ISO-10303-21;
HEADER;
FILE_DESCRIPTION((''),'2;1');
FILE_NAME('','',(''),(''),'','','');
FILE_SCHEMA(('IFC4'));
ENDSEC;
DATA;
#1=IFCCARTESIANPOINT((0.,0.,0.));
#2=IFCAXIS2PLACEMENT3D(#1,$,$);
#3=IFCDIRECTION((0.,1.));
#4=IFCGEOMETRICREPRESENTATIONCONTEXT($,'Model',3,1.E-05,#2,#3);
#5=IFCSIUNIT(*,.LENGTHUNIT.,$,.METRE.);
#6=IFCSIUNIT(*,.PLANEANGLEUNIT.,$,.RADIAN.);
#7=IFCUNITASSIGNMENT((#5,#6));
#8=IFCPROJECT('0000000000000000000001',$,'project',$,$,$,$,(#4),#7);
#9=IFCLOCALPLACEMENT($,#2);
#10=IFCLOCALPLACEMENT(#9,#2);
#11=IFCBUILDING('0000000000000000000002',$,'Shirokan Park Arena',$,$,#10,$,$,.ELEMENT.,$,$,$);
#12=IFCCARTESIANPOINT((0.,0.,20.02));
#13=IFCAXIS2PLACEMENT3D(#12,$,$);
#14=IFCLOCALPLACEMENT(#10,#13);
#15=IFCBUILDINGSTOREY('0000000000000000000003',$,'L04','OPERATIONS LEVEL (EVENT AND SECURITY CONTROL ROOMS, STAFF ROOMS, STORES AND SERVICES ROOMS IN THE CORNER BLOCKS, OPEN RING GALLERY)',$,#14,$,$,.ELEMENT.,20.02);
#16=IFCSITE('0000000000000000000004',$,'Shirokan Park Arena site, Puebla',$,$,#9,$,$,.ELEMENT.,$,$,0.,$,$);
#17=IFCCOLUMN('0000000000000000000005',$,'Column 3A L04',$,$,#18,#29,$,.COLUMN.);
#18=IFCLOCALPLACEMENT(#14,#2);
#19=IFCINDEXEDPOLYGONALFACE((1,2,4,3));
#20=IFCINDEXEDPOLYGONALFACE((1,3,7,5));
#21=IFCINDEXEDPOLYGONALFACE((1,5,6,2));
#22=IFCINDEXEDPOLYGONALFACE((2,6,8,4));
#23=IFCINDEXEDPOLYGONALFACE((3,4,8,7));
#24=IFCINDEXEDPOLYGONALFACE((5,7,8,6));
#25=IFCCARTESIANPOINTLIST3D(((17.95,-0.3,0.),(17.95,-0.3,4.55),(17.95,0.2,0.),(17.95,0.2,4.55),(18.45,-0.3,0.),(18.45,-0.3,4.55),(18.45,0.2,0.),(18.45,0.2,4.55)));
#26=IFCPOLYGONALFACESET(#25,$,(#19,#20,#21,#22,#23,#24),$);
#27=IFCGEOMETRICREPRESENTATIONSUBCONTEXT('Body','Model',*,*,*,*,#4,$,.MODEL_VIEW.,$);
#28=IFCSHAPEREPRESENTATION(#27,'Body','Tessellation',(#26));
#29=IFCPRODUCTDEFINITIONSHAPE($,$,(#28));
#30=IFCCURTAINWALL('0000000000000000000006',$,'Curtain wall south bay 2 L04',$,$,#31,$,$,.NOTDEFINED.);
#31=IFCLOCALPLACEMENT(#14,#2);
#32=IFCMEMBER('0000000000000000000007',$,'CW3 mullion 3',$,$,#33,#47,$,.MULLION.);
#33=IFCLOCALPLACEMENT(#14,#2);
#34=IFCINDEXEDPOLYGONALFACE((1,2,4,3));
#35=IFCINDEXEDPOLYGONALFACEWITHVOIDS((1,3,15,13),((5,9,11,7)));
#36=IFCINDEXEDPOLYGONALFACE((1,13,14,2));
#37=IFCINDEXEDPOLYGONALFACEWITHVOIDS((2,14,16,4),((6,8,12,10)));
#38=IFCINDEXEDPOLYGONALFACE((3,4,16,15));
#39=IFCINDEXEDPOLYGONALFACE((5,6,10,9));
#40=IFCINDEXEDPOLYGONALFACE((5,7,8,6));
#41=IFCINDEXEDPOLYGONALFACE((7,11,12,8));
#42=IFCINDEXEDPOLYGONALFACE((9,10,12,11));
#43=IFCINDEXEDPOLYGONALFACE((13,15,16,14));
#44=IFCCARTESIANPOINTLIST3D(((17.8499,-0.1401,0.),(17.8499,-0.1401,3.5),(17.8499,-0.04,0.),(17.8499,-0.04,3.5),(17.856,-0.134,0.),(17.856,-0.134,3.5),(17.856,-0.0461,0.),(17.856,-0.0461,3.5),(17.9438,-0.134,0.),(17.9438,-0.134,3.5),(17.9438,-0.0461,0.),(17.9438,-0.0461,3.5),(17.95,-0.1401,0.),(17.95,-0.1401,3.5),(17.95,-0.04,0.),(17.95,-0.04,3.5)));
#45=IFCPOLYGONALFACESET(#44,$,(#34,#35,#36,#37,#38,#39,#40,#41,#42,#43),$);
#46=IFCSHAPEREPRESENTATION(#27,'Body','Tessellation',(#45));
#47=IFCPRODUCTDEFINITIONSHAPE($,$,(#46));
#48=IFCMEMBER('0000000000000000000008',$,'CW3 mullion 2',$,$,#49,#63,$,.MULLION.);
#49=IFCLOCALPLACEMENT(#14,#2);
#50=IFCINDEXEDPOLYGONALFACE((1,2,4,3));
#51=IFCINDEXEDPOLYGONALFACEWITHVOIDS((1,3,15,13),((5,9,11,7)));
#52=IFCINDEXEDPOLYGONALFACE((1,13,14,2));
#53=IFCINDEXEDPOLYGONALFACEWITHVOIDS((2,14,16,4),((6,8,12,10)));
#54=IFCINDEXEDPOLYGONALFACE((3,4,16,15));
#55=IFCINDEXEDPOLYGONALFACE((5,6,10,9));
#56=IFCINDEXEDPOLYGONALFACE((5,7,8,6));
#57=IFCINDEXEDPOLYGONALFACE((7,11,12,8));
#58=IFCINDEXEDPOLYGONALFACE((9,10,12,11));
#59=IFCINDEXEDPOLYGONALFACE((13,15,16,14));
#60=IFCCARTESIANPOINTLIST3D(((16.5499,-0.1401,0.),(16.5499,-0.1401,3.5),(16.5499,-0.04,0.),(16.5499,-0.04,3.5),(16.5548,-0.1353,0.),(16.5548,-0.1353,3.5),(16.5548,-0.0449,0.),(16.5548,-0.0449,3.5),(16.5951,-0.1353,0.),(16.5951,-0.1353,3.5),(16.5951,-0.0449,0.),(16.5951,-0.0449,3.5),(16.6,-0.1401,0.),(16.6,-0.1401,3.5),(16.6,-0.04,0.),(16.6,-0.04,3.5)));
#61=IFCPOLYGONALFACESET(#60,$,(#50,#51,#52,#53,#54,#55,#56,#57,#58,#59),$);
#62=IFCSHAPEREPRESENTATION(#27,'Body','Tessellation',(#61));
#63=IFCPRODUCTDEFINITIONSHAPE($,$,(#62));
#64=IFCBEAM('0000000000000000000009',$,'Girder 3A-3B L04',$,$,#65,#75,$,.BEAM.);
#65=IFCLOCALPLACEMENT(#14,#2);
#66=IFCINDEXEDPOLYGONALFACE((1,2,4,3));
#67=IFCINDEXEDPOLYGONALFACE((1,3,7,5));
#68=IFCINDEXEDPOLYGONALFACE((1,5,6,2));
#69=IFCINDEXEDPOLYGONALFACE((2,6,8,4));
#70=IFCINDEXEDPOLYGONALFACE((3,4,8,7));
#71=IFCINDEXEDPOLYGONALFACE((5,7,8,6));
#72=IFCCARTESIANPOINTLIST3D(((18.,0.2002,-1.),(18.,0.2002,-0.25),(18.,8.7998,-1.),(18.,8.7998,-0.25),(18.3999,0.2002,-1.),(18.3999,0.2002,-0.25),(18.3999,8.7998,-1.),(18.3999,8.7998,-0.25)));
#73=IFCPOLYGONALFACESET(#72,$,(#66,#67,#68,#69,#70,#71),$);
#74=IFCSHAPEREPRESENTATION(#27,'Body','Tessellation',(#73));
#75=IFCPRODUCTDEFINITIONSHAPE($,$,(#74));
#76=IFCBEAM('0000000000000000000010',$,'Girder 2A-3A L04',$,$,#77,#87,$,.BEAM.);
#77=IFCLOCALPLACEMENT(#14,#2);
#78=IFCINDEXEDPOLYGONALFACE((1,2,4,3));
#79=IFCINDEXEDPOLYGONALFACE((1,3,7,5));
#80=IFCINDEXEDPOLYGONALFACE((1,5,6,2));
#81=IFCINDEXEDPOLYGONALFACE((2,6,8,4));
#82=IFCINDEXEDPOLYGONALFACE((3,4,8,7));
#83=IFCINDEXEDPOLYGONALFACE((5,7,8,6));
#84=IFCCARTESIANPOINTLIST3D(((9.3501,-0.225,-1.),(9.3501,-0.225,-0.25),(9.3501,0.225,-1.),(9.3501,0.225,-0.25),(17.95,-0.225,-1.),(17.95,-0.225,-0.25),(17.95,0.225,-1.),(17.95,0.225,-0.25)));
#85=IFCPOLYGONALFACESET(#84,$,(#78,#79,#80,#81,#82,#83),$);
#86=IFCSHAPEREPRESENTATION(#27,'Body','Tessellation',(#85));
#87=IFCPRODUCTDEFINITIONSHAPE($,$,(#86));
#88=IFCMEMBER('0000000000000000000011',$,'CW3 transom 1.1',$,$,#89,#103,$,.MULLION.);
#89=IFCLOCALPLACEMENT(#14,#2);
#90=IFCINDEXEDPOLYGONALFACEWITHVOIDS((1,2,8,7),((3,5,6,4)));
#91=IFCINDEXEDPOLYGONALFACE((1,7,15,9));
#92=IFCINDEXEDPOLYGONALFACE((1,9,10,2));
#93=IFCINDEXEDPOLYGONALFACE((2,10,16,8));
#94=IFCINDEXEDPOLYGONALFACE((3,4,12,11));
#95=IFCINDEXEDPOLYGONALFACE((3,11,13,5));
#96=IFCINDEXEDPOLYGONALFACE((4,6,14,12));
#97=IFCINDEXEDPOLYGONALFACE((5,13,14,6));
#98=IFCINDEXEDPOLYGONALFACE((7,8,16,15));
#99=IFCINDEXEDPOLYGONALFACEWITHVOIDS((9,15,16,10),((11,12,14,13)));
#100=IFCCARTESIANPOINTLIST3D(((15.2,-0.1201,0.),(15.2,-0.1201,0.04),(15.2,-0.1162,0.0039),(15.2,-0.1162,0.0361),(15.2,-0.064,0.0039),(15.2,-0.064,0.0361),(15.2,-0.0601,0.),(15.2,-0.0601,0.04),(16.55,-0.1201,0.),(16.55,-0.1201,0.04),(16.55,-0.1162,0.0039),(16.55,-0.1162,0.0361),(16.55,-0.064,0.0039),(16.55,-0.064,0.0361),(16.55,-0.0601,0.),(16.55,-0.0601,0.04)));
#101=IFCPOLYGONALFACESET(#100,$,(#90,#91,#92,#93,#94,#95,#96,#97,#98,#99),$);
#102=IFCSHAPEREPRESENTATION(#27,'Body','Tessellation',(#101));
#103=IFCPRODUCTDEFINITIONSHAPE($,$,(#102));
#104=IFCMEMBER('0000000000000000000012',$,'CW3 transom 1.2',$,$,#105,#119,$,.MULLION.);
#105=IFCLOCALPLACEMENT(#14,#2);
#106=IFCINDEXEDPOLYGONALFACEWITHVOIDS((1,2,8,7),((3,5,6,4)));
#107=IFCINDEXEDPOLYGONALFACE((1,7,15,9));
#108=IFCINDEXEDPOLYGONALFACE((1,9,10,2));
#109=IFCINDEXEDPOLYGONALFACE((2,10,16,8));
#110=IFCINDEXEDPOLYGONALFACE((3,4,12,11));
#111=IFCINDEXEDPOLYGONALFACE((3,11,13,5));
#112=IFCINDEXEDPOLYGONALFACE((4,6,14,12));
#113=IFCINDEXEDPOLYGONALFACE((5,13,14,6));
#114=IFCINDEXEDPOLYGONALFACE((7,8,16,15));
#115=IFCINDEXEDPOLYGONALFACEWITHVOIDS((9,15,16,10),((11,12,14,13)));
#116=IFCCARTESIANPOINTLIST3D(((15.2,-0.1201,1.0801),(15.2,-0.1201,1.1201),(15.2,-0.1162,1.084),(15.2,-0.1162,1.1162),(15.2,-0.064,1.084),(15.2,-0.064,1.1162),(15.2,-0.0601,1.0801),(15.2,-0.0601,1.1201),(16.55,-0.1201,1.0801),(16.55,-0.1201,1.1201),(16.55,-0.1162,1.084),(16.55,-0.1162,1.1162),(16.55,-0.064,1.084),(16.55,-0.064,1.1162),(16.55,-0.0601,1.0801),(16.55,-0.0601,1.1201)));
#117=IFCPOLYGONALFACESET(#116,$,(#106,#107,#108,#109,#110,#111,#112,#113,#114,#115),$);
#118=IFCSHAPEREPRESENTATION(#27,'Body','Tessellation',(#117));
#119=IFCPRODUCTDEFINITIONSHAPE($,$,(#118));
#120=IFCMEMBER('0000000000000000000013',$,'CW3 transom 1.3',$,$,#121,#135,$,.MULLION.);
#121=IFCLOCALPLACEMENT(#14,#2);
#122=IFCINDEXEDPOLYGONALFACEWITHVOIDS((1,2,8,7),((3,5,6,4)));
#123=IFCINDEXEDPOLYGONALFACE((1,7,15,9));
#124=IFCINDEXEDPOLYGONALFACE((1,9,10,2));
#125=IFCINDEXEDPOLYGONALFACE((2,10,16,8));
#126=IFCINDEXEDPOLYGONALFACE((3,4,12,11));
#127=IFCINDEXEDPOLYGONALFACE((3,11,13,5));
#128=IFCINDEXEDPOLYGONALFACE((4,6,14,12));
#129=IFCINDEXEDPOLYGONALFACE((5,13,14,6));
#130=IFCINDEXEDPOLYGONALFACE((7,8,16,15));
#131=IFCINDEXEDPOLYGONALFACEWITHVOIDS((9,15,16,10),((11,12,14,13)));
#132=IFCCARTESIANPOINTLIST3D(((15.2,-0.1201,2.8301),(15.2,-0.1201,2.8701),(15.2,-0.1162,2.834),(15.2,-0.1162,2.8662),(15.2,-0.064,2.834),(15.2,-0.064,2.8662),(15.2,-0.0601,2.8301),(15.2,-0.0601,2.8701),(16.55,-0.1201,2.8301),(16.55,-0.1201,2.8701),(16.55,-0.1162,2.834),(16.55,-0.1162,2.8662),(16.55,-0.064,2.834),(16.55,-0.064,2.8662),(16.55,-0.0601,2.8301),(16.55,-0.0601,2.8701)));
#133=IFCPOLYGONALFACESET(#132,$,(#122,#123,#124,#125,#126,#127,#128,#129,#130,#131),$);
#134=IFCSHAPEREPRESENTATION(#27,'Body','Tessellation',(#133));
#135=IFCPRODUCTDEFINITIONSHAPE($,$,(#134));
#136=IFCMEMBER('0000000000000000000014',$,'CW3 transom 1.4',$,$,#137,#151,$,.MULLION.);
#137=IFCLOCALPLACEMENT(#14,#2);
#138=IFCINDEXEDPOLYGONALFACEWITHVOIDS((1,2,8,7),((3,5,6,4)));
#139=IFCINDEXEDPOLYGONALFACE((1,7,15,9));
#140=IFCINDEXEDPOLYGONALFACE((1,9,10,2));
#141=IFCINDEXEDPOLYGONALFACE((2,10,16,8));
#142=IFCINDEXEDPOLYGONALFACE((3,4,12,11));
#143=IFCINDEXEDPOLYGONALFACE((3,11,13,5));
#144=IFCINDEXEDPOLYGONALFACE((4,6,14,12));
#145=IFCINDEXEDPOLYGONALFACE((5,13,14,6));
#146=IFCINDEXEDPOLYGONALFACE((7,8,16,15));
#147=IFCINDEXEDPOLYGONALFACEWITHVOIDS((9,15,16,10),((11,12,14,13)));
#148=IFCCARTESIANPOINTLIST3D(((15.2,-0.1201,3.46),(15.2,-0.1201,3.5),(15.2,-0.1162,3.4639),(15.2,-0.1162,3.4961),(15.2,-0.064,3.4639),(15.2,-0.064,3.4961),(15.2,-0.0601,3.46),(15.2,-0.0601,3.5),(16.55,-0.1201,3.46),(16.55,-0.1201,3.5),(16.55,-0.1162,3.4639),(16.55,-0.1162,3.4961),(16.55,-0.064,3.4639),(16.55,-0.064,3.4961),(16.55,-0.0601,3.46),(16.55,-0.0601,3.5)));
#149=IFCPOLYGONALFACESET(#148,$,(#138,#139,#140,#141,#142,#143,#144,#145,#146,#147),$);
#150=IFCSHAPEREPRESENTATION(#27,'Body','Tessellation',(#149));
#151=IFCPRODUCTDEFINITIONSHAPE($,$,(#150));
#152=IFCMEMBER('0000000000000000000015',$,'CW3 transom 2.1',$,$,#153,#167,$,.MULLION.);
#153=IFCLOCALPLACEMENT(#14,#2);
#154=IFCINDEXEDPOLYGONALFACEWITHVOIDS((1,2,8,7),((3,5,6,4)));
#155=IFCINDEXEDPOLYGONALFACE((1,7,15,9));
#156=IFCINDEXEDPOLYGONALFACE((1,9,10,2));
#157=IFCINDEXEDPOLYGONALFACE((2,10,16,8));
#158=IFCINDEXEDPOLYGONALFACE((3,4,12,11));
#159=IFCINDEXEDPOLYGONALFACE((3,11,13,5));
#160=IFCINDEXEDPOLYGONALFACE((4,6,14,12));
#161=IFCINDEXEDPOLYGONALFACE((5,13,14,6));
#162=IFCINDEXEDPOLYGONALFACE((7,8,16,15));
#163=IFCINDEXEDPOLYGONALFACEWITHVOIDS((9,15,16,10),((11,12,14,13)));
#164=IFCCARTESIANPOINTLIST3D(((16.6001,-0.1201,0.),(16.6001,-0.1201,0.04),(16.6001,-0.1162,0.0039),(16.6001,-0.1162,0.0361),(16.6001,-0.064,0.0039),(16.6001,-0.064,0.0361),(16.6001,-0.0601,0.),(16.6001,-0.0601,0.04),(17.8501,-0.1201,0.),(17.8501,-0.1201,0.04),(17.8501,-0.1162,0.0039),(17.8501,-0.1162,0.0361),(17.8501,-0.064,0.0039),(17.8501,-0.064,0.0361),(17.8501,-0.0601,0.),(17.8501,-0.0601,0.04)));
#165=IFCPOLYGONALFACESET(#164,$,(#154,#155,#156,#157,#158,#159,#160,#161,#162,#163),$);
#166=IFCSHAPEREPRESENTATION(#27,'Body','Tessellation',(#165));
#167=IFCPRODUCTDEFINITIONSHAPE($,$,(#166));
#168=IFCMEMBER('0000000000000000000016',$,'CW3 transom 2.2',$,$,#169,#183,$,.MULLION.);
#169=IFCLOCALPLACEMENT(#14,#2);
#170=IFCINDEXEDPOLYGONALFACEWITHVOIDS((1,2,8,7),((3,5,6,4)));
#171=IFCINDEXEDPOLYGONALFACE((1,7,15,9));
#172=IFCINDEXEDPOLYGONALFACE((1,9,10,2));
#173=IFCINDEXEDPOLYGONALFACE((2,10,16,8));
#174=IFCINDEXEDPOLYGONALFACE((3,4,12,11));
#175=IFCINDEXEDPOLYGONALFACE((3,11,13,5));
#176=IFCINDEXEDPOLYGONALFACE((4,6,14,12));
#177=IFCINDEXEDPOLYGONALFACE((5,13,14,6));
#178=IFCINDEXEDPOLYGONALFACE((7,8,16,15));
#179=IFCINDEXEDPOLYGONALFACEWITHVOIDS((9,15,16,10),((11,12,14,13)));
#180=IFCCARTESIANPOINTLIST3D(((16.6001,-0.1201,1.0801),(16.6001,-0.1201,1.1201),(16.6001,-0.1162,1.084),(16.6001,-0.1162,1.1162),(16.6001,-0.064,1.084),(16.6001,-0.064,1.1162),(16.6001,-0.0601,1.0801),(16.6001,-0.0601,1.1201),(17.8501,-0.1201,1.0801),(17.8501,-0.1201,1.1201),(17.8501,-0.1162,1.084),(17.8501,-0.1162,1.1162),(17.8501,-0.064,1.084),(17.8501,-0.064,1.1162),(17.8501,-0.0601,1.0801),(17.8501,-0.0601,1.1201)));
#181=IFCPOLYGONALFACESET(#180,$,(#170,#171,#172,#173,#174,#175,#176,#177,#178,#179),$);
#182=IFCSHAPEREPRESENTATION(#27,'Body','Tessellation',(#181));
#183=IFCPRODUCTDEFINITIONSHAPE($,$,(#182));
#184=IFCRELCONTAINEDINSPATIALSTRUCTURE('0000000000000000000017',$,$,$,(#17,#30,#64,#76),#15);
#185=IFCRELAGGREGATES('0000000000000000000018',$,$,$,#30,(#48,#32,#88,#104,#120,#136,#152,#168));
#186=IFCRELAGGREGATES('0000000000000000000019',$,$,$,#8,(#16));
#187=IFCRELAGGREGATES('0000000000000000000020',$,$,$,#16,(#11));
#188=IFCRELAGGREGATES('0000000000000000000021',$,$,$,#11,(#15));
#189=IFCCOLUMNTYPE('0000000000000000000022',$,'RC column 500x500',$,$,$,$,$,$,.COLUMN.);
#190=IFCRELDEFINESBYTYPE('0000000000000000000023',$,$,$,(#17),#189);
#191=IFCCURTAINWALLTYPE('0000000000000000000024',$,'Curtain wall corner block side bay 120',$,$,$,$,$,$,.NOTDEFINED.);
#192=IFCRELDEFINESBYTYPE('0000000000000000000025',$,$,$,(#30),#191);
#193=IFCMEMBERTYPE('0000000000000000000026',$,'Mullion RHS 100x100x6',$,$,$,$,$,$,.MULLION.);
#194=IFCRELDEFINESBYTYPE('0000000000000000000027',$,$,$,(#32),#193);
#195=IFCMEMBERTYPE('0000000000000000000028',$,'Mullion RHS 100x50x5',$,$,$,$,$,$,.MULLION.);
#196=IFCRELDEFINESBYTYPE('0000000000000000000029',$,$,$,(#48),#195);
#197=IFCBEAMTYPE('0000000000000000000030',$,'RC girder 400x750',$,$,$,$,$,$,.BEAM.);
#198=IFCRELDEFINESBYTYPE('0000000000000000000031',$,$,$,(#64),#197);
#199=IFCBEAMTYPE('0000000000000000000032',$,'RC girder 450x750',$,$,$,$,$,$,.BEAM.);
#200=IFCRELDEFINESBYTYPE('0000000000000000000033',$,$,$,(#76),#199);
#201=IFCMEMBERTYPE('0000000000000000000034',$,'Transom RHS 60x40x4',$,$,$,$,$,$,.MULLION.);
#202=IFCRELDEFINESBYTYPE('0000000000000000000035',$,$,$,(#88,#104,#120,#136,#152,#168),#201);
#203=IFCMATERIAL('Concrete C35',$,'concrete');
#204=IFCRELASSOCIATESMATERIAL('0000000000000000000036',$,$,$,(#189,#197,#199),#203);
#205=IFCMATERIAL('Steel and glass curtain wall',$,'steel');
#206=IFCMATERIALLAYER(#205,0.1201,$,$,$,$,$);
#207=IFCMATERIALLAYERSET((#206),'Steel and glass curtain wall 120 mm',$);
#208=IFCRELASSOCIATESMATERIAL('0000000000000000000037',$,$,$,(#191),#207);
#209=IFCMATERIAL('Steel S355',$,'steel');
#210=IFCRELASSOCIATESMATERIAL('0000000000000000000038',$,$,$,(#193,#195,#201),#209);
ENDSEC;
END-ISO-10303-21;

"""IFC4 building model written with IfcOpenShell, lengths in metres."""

from ifc_helpers import new_model, si_unit, direction, frame, origin, origin_2d, place, context, subcontext, project, spatial, rectangle, hollow_rectangle, extrude, material, layer, layer_set, material_profile, profile_set, type_object, element, aggregate, save


model = new_model("IFC4")

# Units and contexts
model_context = context("Model", 3, precision=1e-05, world=origin(), true_north=direction((0.0, 1.0)))
body_context = subcontext(model_context, "Body", "Model", "MODEL_VIEW")
ifc_project = project(units=[si_unit("LENGTHUNIT", "METRE"), si_unit("PLANEANGLEUNIT", "RADIAN")], contexts=[model_context])

# Site, building, storey
site_placement = place(None, origin())
site = spatial("IfcSite", under=ifc_project, at=site_placement, Name="Shirokan Park Arena site, Puebla", CompositionType="ELEMENT", RefElevation=0.0)
building_placement = place(site_placement, origin())
building = spatial("IfcBuilding", under=site, at=building_placement, Name="Shirokan Park Arena", CompositionType="ELEMENT")
storey_placement = place(building_placement, frame((0.0, 0.0, 20.02)))
storey = spatial("IfcBuildingStorey", under=building, at=storey_placement, Name="L04", Description="OPERATIONS LEVEL (EVENT AND SECURITY CONTROL ROOMS, STAFF ROOMS, STORES AND SERVICES ROOMS IN THE CORNER BLOCKS, OPEN RING GALLERY)", CompositionType="ELEMENT", Elevation=20.02)

# Column
ifc_material_1 = material(Name="Concrete C35", Category="concrete")
ifc_material_profile_1 = material_profile(ifc_material_1, rectangle(XDim=0.5, YDim=0.5, at=origin_2d()), Name="500x500")
ifc_profile_set_1 = profile_set([ifc_material_profile_1], Name="Concrete C35")
column_type = type_object("IfcColumnType", Name="RC column 500x500", PredefinedType="COLUMN", material=ifc_profile_set_1)
column_placement = place(storey_placement, frame((18.2, -0.05, 0.0), z_axis=(0.0, 0.0, 1.0), x_axis=(1.0, 0.0, 0.0)))
element("IfcColumn", 1, at=column_placement, inside=storey, type_object=column_type, Name="Column 3A L04", PredefinedType="COLUMN", context=body_context, shape_type="SweptSolid", body=[
    extrude(rectangle(XDim=0.5, YDim=0.5, at=origin_2d()), origin(), (0.0, 0.0, 1.0), 4.55),
])

# Curtain wall, members
ifc_material_2 = material(Name="Steel and glass curtain wall", Category="steel")
ifc_layer_1 = layer(ifc_material_2, 0.1201)
ifc_layer_set_1 = layer_set([ifc_layer_1], Name="Steel and glass curtain wall 120 mm")
curtain_wall_type = type_object("IfcCurtainWallType", Name="Curtain wall corner block side bay 120", PredefinedType="NOTDEFINED", material=ifc_layer_set_1)
curtain_wall_placement = place(storey_placement, origin())
curtain_wall = element("IfcCurtainWall", 2, at=curtain_wall_placement, inside=storey, type_object=curtain_wall_type, Name="Curtain wall south bay 2 L04", PredefinedType="NOTDEFINED")
ifc_material_3 = material(Name="Steel S355", Category="steel")
ifc_material_profile_2 = material_profile(ifc_material_3, hollow_rectangle(XDim=0.1001, YDim=0.1001, WallThickness=0.0061, at=origin_2d()), Name="RHS 100x100x6")
ifc_profile_set_2 = profile_set([ifc_material_profile_2], Name="Steel S355")
member_type_1 = type_object("IfcMemberType", Name="Mullion RHS 100x100x6", PredefinedType="MULLION", material=ifc_profile_set_2)
member_1_placement = place(storey_placement, frame((17.8999, -0.0901, 0.0), z_axis=(0.0, 0.0, 1.0), x_axis=(0.0, 1.0, 0.0)))
member_1 = element("IfcMember", 3, at=member_1_placement, type_object=member_type_1, Name="CW3 mullion 3", PredefinedType="MULLION", context=body_context, shape_type="SweptSolid", body=[
    extrude(hollow_rectangle(XDim=0.1001, YDim=0.1001, WallThickness=0.0061, at=origin_2d()), origin(), (0.0, 0.0, 1.0), 3.5),
])
ifc_material_profile_3 = material_profile(ifc_material_3, hollow_rectangle(XDim=0.1001, YDim=0.05, WallThickness=0.0049, at=origin_2d()), Name="RHS 100x50x5")
ifc_profile_set_3 = profile_set([ifc_material_profile_3], Name="Steel S355")
member_type_2 = type_object("IfcMemberType", Name="Mullion RHS 100x50x5", PredefinedType="MULLION", material=ifc_profile_set_3)
member_2_placement = place(storey_placement, frame((16.575, -0.0901, 0.0), z_axis=(0.0, 0.0, 1.0), x_axis=(0.0, 1.0, 0.0)))
member_2 = element("IfcMember", 4, at=member_2_placement, type_object=member_type_2, Name="CW3 mullion 2", PredefinedType="MULLION", context=body_context, shape_type="SweptSolid", body=[
    extrude(hollow_rectangle(XDim=0.1001, YDim=0.05, WallThickness=0.0049, at=origin_2d()), origin(), (0.0, 0.0, 1.0), 3.5),
])

# Beams
ifc_material_profile_4 = material_profile(ifc_material_1, rectangle(XDim=0.3999, YDim=0.75, at=origin_2d()), Name="400x750")
ifc_profile_set_4 = profile_set([ifc_material_profile_4], Name="Concrete C35")
beam_type_1 = type_object("IfcBeamType", Name="RC girder 400x750", PredefinedType="BEAM", material=ifc_profile_set_4)
beam_1_placement = place(storey_placement, frame((18.2, 0.2002, -0.625), z_axis=(0.0, 1.0, 0.0), x_axis=(-1.0, 0.0, 0.0)))
element("IfcBeam", 5, at=beam_1_placement, inside=storey, type_object=beam_type_1, Name="Girder 3A-3B L04", PredefinedType="BEAM", context=body_context, shape_type="SweptSolid", body=[
    extrude(rectangle(XDim=0.3999, YDim=0.75, at=origin_2d()), origin(), (0.0, 0.0, 1.0), 8.5996),
])
ifc_material_profile_5 = material_profile(ifc_material_1, rectangle(XDim=0.45, YDim=0.75, at=origin_2d()), Name="450x750")
ifc_profile_set_5 = profile_set([ifc_material_profile_5], Name="Concrete C35")
beam_type_2 = type_object("IfcBeamType", Name="RC girder 450x750", PredefinedType="BEAM", material=ifc_profile_set_5)
beam_2_placement = place(storey_placement, frame((9.3501, 0.0, -0.625), z_axis=(1.0, 0.0, 0.0), x_axis=(0.0, 1.0, 0.0)))
element("IfcBeam", 6, at=beam_2_placement, inside=storey, type_object=beam_type_2, Name="Girder 2A-3A L04", PredefinedType="BEAM", context=body_context, shape_type="SweptSolid", body=[
    extrude(rectangle(XDim=0.45, YDim=0.75, at=origin_2d()), origin(), (0.0, 0.0, 1.0), 8.5999),
])

# Members
ifc_material_profile_6 = material_profile(ifc_material_3, hollow_rectangle(XDim=0.0601, YDim=0.04, WallThickness=0.0039, at=origin_2d()), Name="RHS 60x40x4")
ifc_profile_set_6 = profile_set([ifc_material_profile_6], Name="Steel S355")
member_type_3 = type_object("IfcMemberType", Name="Transom RHS 60x40x4", PredefinedType="MULLION", material=ifc_profile_set_6)
member_3_placement = place(storey_placement, frame((15.2, -0.0901, 0.02), z_axis=(1.0, 0.0, 0.0), x_axis=(0.0, 1.0, 0.0)))
member_3 = element("IfcMember", 7, at=member_3_placement, type_object=member_type_3, Name="CW3 transom 1.1", PredefinedType="MULLION", context=body_context, shape_type="SweptSolid", body=[
    extrude(hollow_rectangle(XDim=0.0601, YDim=0.04, WallThickness=0.0039, at=origin_2d()), origin(), (0.0, 0.0, 1.0), 1.3501),
])
member_4_placement = place(storey_placement, frame((15.2, -0.0901, 1.1001), z_axis=(1.0, 0.0, 0.0), x_axis=(0.0, 1.0, 0.0)))
member_4 = element("IfcMember", 8, at=member_4_placement, type_object=member_type_3, Name="CW3 transom 1.2", PredefinedType="MULLION", context=body_context, shape_type="SweptSolid", body=[
    extrude(hollow_rectangle(XDim=0.0601, YDim=0.04, WallThickness=0.0039, at=origin_2d()), origin(), (0.0, 0.0, 1.0), 1.3501),
])
member_5_placement = place(storey_placement, frame((15.2, -0.0901, 2.8501), z_axis=(1.0, 0.0, 0.0), x_axis=(0.0, 1.0, 0.0)))
member_5 = element("IfcMember", 9, at=member_5_placement, type_object=member_type_3, Name="CW3 transom 1.3", PredefinedType="MULLION", context=body_context, shape_type="SweptSolid", body=[
    extrude(hollow_rectangle(XDim=0.0601, YDim=0.04, WallThickness=0.0039, at=origin_2d()), origin(), (0.0, 0.0, 1.0), 1.3501),
])
member_6_placement = place(storey_placement, frame((15.2, -0.0901, 3.48), z_axis=(1.0, 0.0, 0.0), x_axis=(0.0, 1.0, 0.0)))
member_6 = element("IfcMember", 10, at=member_6_placement, type_object=member_type_3, Name="CW3 transom 1.4", PredefinedType="MULLION", context=body_context, shape_type="SweptSolid", body=[
    extrude(hollow_rectangle(XDim=0.0601, YDim=0.04, WallThickness=0.0039, at=origin_2d()), origin(), (0.0, 0.0, 1.0), 1.3501),
])
member_7_placement = place(storey_placement, frame((16.6001, -0.0901, 0.02), z_axis=(1.0, 0.0, 0.0), x_axis=(0.0, 1.0, 0.0)))
member_7 = element("IfcMember", 11, at=member_7_placement, type_object=member_type_3, Name="CW3 transom 2.1", PredefinedType="MULLION", context=body_context, shape_type="SweptSolid", body=[
    extrude(hollow_rectangle(XDim=0.0601, YDim=0.04, WallThickness=0.0039, at=origin_2d()), origin(), (0.0, 0.0, 1.0), 1.25),
])
member_8_placement = place(storey_placement, frame((16.6001, -0.0901, 1.1001), z_axis=(1.0, 0.0, 0.0), x_axis=(0.0, 1.0, 0.0)))
member_8 = element("IfcMember", 12, at=member_8_placement, type_object=member_type_3, Name="CW3 transom 2.2", PredefinedType="MULLION", context=body_context, shape_type="SweptSolid", body=[
    extrude(hollow_rectangle(XDim=0.0601, YDim=0.04, WallThickness=0.0039, at=origin_2d()), origin(), (0.0, 0.0, 1.0), 1.25),
])

aggregate(curtain_wall, [member_2, member_1, member_3, member_4, member_5, member_6, member_7, member_8])

save(model, "model.ifc")
